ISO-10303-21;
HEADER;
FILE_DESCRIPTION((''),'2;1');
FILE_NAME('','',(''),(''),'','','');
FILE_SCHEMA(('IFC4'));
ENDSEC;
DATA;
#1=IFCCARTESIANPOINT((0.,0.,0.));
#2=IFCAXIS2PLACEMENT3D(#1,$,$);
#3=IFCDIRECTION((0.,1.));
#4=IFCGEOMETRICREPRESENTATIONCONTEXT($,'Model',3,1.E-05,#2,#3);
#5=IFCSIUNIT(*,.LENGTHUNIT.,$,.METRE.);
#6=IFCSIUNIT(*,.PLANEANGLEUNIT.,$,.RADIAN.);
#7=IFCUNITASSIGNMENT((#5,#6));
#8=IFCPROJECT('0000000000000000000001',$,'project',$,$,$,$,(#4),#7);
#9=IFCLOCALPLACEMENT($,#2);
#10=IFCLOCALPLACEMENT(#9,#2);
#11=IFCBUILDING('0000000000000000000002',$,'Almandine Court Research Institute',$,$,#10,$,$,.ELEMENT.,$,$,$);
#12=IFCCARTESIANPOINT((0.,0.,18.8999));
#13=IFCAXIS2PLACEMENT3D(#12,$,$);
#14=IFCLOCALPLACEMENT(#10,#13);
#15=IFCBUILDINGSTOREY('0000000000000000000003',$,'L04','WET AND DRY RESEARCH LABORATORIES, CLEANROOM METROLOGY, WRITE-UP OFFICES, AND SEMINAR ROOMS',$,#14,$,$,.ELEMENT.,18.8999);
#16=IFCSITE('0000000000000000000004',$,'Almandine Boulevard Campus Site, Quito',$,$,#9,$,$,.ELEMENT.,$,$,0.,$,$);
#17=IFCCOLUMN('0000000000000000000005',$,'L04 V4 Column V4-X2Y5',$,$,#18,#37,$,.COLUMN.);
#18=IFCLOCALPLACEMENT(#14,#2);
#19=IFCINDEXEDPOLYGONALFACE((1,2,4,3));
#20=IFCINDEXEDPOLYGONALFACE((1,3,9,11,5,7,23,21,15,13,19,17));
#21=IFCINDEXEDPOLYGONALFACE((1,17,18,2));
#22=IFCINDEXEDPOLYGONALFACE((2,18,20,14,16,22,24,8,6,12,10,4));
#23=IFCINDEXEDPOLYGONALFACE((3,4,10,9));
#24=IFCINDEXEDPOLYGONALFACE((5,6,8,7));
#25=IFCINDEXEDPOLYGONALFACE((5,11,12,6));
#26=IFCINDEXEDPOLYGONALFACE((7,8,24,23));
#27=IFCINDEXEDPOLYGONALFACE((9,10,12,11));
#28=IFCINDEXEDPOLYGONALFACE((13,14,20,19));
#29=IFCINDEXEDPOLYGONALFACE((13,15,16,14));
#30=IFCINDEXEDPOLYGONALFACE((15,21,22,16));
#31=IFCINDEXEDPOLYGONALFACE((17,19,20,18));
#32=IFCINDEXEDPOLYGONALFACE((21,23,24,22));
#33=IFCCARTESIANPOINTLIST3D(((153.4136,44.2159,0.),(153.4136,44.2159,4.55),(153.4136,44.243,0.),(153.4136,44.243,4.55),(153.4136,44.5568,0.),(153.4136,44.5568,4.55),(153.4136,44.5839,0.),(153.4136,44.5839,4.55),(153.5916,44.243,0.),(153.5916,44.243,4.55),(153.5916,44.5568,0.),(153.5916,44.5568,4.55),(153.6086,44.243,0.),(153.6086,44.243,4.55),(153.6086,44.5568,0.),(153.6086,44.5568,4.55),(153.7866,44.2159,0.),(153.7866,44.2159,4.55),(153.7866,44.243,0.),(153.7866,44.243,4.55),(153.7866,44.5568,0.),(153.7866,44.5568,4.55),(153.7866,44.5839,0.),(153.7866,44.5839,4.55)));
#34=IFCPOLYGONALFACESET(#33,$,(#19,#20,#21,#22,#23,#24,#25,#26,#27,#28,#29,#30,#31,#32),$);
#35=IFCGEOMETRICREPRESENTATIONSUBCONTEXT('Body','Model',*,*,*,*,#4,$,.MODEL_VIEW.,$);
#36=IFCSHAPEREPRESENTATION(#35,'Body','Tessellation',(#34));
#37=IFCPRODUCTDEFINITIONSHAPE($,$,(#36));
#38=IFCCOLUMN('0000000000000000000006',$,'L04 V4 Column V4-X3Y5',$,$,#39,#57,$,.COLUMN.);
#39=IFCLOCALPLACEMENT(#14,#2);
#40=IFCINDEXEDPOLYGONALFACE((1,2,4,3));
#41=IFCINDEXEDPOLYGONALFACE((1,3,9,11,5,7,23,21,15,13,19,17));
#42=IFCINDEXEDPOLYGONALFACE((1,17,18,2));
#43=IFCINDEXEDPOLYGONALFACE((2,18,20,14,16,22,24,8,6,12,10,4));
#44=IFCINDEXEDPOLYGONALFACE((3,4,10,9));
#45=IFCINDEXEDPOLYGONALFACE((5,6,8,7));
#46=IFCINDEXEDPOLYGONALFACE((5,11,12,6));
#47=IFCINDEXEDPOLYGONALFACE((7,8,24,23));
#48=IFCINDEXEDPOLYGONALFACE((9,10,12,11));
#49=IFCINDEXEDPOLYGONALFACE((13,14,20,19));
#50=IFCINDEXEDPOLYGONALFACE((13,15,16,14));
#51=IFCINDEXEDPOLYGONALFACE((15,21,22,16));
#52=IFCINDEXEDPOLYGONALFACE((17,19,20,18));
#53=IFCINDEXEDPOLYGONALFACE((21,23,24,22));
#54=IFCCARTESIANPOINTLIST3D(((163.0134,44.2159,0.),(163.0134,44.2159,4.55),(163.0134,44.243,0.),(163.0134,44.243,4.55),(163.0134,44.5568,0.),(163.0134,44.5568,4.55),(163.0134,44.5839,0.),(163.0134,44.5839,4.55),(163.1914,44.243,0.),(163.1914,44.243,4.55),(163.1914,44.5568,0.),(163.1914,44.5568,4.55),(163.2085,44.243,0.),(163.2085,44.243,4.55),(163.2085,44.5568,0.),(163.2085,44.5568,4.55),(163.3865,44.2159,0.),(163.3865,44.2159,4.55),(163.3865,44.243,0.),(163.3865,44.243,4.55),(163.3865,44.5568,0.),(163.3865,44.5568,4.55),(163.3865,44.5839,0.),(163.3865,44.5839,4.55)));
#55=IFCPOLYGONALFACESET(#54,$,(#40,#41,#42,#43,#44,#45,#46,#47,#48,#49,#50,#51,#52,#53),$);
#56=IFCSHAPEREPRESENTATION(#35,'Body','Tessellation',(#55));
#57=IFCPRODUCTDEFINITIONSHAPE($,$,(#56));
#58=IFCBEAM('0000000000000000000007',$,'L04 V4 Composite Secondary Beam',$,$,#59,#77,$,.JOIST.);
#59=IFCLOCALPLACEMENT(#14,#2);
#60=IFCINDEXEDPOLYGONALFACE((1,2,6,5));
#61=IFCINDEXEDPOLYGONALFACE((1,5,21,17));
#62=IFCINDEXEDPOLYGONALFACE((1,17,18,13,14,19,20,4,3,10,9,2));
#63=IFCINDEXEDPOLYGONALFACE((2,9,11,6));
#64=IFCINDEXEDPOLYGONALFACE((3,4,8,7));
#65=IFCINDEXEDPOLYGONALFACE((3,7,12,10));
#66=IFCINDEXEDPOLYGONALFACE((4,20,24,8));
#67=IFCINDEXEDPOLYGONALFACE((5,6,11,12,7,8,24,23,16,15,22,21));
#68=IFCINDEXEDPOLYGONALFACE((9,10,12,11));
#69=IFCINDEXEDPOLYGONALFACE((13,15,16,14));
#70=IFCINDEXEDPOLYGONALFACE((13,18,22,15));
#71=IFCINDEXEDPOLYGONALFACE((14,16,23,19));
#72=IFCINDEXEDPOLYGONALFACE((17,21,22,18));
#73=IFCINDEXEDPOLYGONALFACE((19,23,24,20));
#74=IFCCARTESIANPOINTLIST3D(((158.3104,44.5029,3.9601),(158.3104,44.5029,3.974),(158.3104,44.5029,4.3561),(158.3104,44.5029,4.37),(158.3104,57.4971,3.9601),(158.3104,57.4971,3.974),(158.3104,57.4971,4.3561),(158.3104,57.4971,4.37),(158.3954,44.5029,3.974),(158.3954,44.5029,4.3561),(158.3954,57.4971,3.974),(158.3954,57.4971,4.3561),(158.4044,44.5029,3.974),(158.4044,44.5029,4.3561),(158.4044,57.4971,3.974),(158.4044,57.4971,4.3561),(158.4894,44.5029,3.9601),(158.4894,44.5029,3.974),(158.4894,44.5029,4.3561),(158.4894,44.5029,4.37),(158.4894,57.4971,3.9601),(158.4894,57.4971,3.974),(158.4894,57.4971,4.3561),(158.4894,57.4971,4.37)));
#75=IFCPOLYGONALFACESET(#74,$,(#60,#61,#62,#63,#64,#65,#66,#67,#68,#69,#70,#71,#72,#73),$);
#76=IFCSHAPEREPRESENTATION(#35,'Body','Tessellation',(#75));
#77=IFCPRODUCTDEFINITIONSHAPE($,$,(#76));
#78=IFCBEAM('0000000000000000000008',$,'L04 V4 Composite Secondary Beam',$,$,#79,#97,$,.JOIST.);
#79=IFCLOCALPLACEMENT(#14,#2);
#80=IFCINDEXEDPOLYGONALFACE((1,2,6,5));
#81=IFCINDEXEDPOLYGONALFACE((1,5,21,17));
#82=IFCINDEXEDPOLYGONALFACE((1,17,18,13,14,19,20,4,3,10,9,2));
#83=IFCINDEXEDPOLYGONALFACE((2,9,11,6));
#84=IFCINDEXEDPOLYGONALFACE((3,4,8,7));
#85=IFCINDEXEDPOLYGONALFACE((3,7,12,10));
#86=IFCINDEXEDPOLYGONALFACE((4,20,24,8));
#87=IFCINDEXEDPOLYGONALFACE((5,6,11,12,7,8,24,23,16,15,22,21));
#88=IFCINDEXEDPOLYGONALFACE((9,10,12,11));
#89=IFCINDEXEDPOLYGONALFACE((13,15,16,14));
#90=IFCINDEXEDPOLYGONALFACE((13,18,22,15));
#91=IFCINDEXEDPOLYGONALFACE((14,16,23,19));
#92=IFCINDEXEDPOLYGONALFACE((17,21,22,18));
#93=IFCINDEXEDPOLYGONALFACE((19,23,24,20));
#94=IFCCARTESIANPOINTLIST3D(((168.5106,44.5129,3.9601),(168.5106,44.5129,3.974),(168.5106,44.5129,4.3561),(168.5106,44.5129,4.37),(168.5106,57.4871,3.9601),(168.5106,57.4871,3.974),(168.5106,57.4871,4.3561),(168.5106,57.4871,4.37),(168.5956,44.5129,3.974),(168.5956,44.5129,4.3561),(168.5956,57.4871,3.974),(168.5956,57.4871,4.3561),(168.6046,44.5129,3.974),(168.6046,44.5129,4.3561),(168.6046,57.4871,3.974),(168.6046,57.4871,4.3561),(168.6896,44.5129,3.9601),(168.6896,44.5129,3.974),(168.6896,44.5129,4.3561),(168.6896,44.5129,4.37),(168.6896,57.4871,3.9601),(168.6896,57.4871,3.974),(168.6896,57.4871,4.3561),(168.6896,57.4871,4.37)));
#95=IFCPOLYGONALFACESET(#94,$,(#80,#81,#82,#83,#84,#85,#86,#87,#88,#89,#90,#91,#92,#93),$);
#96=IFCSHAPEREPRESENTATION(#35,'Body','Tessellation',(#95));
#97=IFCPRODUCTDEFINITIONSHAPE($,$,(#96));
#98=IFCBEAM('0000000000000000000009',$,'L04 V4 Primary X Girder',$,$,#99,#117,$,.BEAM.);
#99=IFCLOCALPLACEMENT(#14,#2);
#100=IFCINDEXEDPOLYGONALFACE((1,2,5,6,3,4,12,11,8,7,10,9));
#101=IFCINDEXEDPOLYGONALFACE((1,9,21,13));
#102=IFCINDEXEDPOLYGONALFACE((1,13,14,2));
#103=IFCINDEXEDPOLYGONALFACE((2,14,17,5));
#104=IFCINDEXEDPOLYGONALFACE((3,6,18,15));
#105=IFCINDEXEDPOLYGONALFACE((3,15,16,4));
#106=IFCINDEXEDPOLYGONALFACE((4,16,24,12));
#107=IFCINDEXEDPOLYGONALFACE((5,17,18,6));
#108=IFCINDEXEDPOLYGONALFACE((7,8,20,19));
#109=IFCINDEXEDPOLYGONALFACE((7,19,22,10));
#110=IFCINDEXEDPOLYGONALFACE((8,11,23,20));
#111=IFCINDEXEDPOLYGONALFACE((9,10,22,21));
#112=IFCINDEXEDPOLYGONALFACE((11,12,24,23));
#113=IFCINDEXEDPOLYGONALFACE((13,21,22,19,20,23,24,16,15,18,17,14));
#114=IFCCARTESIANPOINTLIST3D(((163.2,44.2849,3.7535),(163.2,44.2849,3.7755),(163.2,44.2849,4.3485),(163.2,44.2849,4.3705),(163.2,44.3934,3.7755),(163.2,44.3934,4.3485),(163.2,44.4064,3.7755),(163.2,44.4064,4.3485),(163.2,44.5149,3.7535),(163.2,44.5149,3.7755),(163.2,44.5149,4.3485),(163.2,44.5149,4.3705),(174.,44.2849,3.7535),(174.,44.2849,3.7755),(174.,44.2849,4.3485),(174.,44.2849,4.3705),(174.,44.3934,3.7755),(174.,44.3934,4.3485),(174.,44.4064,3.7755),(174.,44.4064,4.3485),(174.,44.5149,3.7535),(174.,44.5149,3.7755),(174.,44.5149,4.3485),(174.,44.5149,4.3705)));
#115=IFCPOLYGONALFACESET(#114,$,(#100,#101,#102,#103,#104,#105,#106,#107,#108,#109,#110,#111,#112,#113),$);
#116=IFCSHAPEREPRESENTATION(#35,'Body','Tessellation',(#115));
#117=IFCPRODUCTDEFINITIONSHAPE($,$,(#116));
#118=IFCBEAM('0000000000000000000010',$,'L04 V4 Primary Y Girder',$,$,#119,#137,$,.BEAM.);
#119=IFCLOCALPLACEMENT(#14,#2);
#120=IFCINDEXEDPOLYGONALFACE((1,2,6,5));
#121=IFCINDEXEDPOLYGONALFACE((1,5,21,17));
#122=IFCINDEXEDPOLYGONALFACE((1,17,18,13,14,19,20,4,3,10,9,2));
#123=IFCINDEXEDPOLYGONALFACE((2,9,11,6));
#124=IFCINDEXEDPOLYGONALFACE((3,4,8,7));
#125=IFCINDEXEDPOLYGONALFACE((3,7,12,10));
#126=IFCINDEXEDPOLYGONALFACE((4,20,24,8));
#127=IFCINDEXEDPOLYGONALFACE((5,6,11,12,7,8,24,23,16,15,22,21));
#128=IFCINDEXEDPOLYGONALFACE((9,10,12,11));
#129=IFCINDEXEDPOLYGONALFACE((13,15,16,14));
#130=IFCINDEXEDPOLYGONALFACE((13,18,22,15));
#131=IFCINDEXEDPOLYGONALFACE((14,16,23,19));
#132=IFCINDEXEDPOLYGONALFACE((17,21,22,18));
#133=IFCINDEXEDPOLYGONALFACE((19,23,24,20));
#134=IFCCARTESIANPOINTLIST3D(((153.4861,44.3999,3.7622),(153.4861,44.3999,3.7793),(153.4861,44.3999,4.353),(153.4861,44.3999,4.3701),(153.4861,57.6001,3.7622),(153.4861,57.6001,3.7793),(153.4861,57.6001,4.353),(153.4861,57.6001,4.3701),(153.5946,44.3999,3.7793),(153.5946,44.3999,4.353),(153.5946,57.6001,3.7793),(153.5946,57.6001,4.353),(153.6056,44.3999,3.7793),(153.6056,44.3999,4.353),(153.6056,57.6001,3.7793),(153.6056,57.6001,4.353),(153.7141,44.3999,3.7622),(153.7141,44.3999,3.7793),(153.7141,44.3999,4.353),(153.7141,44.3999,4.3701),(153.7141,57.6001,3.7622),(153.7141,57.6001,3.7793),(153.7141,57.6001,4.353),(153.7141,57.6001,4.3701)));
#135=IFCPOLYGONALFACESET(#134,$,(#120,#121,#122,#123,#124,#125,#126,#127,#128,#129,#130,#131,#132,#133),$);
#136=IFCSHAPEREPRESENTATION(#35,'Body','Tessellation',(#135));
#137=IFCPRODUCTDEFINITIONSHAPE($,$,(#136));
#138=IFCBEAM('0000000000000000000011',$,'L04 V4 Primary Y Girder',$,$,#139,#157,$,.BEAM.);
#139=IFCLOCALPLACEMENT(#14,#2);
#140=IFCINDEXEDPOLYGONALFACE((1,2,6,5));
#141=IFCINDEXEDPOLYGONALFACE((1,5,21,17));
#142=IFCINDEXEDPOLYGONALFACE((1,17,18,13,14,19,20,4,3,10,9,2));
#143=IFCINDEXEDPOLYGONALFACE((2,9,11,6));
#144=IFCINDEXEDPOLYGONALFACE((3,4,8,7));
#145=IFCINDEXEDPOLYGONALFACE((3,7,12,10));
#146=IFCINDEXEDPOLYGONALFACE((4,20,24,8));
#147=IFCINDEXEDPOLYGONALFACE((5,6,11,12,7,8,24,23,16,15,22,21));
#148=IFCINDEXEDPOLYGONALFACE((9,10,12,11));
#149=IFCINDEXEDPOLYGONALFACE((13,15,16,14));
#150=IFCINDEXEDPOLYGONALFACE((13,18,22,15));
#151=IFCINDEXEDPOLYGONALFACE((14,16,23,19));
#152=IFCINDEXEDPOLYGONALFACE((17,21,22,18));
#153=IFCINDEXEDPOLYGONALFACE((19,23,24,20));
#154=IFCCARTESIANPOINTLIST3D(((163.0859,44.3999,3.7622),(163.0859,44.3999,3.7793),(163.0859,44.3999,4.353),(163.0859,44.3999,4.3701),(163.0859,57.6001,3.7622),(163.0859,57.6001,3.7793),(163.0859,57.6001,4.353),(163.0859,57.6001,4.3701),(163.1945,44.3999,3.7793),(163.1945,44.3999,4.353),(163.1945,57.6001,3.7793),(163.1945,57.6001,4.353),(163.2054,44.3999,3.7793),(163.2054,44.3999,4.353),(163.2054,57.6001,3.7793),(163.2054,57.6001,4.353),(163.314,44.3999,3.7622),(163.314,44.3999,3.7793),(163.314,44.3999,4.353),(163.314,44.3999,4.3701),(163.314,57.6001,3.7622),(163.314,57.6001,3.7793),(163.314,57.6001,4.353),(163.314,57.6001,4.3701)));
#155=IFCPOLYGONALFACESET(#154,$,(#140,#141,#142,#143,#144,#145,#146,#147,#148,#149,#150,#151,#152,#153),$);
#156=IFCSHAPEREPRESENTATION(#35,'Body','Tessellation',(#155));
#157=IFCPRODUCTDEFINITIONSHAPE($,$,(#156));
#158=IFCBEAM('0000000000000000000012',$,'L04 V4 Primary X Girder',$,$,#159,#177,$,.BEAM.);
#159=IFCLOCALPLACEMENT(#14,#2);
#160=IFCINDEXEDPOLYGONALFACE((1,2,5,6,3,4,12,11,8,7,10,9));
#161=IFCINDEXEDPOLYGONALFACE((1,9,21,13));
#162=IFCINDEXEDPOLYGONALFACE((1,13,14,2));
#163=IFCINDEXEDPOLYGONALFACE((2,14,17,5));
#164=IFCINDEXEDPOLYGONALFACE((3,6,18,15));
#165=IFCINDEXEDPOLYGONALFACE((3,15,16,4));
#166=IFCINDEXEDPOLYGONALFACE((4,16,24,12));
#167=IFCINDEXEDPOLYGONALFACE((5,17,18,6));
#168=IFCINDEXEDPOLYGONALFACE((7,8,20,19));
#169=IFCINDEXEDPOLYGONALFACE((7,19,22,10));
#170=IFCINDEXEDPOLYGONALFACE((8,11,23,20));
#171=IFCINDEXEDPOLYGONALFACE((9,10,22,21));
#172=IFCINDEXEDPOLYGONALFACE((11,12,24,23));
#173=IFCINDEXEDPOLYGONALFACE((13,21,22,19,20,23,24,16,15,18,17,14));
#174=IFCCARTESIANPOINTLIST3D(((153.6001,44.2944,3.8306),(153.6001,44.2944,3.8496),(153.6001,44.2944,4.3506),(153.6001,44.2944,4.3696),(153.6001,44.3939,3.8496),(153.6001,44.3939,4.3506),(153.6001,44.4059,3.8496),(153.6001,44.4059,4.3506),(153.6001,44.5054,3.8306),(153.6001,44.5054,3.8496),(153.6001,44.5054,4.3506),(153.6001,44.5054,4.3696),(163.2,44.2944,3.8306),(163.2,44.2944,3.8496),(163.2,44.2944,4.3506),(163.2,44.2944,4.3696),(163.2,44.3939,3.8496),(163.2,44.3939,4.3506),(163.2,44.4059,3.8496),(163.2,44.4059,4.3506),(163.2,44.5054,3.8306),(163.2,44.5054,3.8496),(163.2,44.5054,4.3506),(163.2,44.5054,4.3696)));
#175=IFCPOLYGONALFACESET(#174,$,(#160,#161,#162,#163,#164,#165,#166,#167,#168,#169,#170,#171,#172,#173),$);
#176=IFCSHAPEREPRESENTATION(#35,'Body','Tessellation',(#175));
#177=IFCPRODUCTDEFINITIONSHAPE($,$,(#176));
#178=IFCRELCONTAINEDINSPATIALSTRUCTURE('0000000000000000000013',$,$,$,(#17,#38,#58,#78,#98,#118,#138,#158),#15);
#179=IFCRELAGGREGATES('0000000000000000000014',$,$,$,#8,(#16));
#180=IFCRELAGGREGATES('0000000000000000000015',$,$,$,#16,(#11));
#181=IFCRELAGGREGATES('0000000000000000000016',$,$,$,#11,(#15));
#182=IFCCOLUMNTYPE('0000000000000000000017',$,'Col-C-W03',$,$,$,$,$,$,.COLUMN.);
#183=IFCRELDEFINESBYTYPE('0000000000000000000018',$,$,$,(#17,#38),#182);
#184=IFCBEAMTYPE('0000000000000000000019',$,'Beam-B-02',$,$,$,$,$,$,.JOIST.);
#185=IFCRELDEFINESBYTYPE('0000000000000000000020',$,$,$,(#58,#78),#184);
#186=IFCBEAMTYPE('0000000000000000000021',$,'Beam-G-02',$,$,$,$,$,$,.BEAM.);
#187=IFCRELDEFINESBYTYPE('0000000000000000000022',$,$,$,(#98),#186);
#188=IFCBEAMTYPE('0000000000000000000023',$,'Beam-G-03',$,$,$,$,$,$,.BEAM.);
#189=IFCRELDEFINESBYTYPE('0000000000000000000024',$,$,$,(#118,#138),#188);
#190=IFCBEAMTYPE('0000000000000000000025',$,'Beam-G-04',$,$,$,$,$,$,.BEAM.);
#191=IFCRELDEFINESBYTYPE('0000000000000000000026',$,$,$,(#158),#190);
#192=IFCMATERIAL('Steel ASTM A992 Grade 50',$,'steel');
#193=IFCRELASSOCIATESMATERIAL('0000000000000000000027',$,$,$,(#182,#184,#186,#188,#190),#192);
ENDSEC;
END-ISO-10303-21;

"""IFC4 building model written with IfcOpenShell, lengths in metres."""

from ifc_helpers import new_model, si_unit, direction, frame, origin, origin_2d, place, context, subcontext, project, spatial, i_section, extrude, material, material_profile, profile_set, type_object, element, save


model = new_model("IFC4")

# Units and contexts
model_context = context("Model", 3, precision=1e-05, world=origin(), true_north=direction((0.0, 1.0)))
body_context = subcontext(model_context, "Body", "Model", "MODEL_VIEW")
ifc_project = project(units=[si_unit("LENGTHUNIT", "METRE"), si_unit("PLANEANGLEUNIT", "RADIAN")], contexts=[model_context])

# Site, building, storey
site_placement = place(None, origin())
site = spatial("IfcSite", under=ifc_project, at=site_placement, Name="Almandine Boulevard Campus Site, Quito", CompositionType="ELEMENT", RefElevation=0.0)
building_placement = place(site_placement, origin())
building = spatial("IfcBuilding", under=site, at=building_placement, Name="Almandine Court Research Institute", CompositionType="ELEMENT")
storey_placement = place(building_placement, frame((0.0, 0.0, 18.8999)))
storey = spatial("IfcBuildingStorey", under=building, at=storey_placement, Name="L04", Description="WET AND DRY RESEARCH LABORATORIES, CLEANROOM METROLOGY, WRITE-UP OFFICES, AND SEMINAR ROOMS", CompositionType="ELEMENT", Elevation=18.8999)

# Columns
ifc_material_1 = material(Name="Steel ASTM A992 Grade 50", Category="steel")
ifc_material_profile_1 = material_profile(ifc_material_1, i_section(OverallWidth=0.373, OverallDepth=0.3679, WebThickness=0.0171, FlangeThickness=0.0271, at=origin_2d()), Name="W360x179")
ifc_profile_set_1 = profile_set([ifc_material_profile_1], Name="Steel ASTM A992 Grade 50")
column_type = type_object("IfcColumnType", Name="Col-C-W03", PredefinedType="COLUMN", material=ifc_profile_set_1)
for number, where, z_axis, x_axis, name in (
    (1, (153.6001, 44.3999, 0.0), (0.0, 0.0, 1.0), (1.0, 0.0, 0.0), "L04 V4 Column V4-X2Y5"),
    (2, (163.2, 44.3999, 0.0), (0.0, 0.0, 1.0), (1.0, 0.0, 0.0), "L04 V4 Column V4-X3Y5"),
):
    element("IfcColumn", number, at=place(storey_placement, frame(where, z_axis=z_axis, x_axis=x_axis)), inside=storey, type_object=column_type, Name=name, PredefinedType="COLUMN", context=body_context, shape_type="SweptSolid", body=[
        extrude(i_section(OverallWidth=0.373, OverallDepth=0.3679, WebThickness=0.0171, FlangeThickness=0.0271, at=origin_2d()), origin(), (0.0, 0.0, 1.0), 4.55),
    ])

# Beams
ifc_material_profile_2 = material_profile(ifc_material_1, i_section(OverallWidth=0.179, OverallDepth=0.4099, WebThickness=0.009, FlangeThickness=0.0139, at=origin_2d()), Name="W410x67")
ifc_profile_set_2 = profile_set([ifc_material_profile_2], Name="Steel ASTM A992 Grade 50")
beam_type_1 = type_object("IfcBeamType", Name="Beam-B-02", PredefinedType="JOIST", material=ifc_profile_set_2)
beam_1_placement = place(storey_placement, frame((158.3999, 44.5029, 4.165), z_axis=(0.0, 1.0, 0.0), x_axis=(-1.0, 0.0, 0.0)))
element("IfcBeam", 3, at=beam_1_placement, inside=storey, type_object=beam_type_1, Name="L04 V4 Composite Secondary Beam", PredefinedType="JOIST", context=body_context, shape_type="SweptSolid", body=[
    extrude(i_section(OverallWidth=0.179, OverallDepth=0.4099, WebThickness=0.009, FlangeThickness=0.0139, at=origin_2d()), origin(), (0.0, 0.0, 1.0), 12.9941),
])
beam_2_placement = place(storey_placement, frame((168.6001, 44.5129, 4.165), z_axis=(0.0, 1.0, 0.0), x_axis=(-1.0, 0.0, 0.0)))
element("IfcBeam", 4, at=beam_2_placement, inside=storey, type_object=beam_type_1, Name="L04 V4 Composite Secondary Beam", PredefinedType="JOIST", context=body_context, shape_type="SweptSolid", body=[
    extrude(i_section(OverallWidth=0.179, OverallDepth=0.4099, WebThickness=0.009, FlangeThickness=0.0139, at=origin_2d()), origin(), (0.0, 0.0, 1.0), 12.9741),
])
ifc_material_profile_3 = material_profile(ifc_material_1, i_section(OverallWidth=0.23, OverallDepth=0.6169, WebThickness=0.0129, FlangeThickness=0.022, at=origin_2d()), Name="W610x140")
ifc_profile_set_3 = profile_set([ifc_material_profile_3], Name="Steel ASTM A992 Grade 50")
beam_type_2 = type_object("IfcBeamType", Name="Beam-G-02", PredefinedType="BEAM", material=ifc_profile_set_3)
beam_3_placement = place(storey_placement, frame((163.2, 44.3999, 4.062), z_axis=(1.0, 0.0, 0.0), x_axis=(0.0, 1.0, 0.0)))
element("IfcBeam", 5, at=beam_3_placement, inside=storey, type_object=beam_type_2, Name="L04 V4 Primary X Girder", PredefinedType="BEAM", context=body_context, shape_type="SweptSolid", body=[
    extrude(i_section(OverallWidth=0.23, OverallDepth=0.6169, WebThickness=0.0129, FlangeThickness=0.022, at=origin_2d()), origin(), (0.0, 0.0, 1.0), 10.8),
])
ifc_material_profile_4 = material_profile(ifc_material_1, i_section(OverallWidth=0.228, OverallDepth=0.6079, WebThickness=0.011, FlangeThickness=0.0171, at=origin_2d()), Name="W610x113")
ifc_profile_set_4 = profile_set([ifc_material_profile_4], Name="Steel ASTM A992 Grade 50")
beam_type_3 = type_object("IfcBeamType", Name="Beam-G-03", PredefinedType="BEAM", material=ifc_profile_set_4)
for number, where, z_axis, x_axis, name in (
    (6, (153.6001, 44.3999, 4.0662), (0.0, 1.0, 0.0), (-1.0, 0.0, 0.0), "L04 V4 Primary Y Girder"),
    (7, (163.2, 44.3999, 4.0662), (0.0, 1.0, 0.0), (-1.0, 0.0, 0.0), "L04 V4 Primary Y Girder"),
):
    element("IfcBeam", number, at=place(storey_placement, frame(where, z_axis=z_axis, x_axis=x_axis)), inside=storey, type_object=beam_type_3, Name=name, PredefinedType="BEAM", context=body_context, shape_type="SweptSolid", body=[
        extrude(i_section(OverallWidth=0.228, OverallDepth=0.6079, WebThickness=0.011, FlangeThickness=0.0171, at=origin_2d()), origin(), (0.0, 0.0, 1.0), 13.2002),
    ])
ifc_material_profile_5 = material_profile(ifc_material_1, i_section(OverallWidth=0.2109, OverallDepth=0.5391, WebThickness=0.012, FlangeThickness=0.019, at=origin_2d()), Name="W530x109")
ifc_profile_set_5 = profile_set([ifc_material_profile_5], Name="Steel ASTM A992 Grade 50")
beam_type_4 = type_object("IfcBeamType", Name="Beam-G-04", PredefinedType="BEAM", material=ifc_profile_set_5)
beam_4_placement = place(storey_placement, frame((153.6001, 44.3999, 4.1001), z_axis=(1.0, 0.0, 0.0), x_axis=(0.0, 1.0, 0.0)))
element("IfcBeam", 8, at=beam_4_placement, inside=storey, type_object=beam_type_4, Name="L04 V4 Primary X Girder", PredefinedType="BEAM", context=body_context, shape_type="SweptSolid", body=[
    extrude(i_section(OverallWidth=0.2109, OverallDepth=0.5391, WebThickness=0.012, FlangeThickness=0.019, at=origin_2d()), origin(), (0.0, 0.0, 1.0), 9.5999),
])

save(model, "model.ifc")
